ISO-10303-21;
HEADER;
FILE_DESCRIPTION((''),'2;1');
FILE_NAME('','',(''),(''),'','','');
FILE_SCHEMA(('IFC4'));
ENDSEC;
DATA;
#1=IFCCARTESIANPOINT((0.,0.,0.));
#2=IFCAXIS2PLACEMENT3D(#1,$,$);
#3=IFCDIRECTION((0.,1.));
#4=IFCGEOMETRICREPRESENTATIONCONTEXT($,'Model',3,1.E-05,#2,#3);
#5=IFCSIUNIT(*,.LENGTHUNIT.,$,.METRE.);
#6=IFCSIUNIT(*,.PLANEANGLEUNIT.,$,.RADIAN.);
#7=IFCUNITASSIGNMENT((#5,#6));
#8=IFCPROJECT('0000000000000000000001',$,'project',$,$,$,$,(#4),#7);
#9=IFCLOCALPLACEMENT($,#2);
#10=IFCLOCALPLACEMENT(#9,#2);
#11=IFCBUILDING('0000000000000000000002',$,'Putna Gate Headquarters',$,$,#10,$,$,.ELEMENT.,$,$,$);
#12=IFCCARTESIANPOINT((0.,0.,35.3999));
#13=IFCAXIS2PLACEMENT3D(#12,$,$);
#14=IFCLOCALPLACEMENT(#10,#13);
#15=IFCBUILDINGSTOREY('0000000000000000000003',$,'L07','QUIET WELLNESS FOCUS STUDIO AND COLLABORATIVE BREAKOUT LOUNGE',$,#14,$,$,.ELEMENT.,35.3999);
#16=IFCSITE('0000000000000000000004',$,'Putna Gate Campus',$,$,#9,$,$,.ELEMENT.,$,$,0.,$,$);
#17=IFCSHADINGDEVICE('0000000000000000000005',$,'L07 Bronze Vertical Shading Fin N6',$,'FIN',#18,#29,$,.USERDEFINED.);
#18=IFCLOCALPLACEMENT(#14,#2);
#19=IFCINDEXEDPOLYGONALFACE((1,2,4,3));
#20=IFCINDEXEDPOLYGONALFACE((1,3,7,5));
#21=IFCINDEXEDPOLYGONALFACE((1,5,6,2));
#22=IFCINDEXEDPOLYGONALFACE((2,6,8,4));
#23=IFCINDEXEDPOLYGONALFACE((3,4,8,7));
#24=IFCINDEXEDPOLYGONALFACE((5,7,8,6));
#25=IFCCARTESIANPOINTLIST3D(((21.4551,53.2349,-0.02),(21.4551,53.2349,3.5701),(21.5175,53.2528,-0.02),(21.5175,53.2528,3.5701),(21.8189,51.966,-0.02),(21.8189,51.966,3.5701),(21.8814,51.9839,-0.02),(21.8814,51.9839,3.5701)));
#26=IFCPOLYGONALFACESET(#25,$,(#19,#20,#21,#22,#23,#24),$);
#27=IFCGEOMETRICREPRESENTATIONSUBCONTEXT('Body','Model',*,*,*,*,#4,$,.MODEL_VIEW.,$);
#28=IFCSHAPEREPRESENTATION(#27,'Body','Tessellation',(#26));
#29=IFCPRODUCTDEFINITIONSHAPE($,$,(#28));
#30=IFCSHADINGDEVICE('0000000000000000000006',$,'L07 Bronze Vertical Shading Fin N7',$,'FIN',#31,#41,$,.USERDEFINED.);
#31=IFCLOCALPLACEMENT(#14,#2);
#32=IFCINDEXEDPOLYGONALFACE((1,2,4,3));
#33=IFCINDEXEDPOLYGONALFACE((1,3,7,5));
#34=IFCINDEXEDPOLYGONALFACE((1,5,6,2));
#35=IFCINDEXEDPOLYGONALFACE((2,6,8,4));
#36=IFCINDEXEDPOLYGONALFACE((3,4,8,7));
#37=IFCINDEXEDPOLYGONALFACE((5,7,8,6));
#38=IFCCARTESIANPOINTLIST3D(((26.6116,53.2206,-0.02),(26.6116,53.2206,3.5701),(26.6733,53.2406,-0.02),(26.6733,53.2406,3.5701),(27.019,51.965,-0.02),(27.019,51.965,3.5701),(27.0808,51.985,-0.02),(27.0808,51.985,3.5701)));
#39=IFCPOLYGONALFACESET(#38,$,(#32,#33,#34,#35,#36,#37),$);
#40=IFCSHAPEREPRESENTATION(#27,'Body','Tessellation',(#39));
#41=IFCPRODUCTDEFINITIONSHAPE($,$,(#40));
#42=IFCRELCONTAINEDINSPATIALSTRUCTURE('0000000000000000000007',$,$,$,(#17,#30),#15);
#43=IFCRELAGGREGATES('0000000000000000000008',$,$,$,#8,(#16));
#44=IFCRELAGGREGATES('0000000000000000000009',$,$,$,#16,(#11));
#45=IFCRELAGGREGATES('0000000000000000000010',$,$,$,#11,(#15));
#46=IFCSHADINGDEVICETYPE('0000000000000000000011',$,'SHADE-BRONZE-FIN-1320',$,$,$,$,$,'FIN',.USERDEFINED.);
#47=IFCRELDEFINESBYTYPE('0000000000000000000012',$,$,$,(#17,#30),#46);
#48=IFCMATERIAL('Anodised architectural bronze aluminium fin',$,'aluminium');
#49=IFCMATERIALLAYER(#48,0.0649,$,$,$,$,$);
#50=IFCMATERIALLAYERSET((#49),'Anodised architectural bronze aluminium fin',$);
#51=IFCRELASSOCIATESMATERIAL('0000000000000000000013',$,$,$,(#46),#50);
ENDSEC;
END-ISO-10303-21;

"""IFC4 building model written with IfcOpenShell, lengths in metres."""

from ifc_helpers import new_model, si_unit, direction, frame, origin, origin_2d, place, context, subcontext, project, spatial, rectangle, extrude, material, layer, layer_set, type_object, element, save


model = new_model("IFC4")

# Units and contexts
model_context = context("Model", 3, precision=1e-05, world=origin(), true_north=direction((0.0, 1.0)))
body_context = subcontext(model_context, "Body", "Model", "MODEL_VIEW")
ifc_project = project(units=[si_unit("LENGTHUNIT", "METRE"), si_unit("PLANEANGLEUNIT", "RADIAN")], contexts=[model_context])

# Site, building, storey
site_placement = place(None, origin())
site = spatial("IfcSite", under=ifc_project, at=site_placement, Name="Putna Gate Campus", CompositionType="ELEMENT", RefElevation=0.0)
building_placement = place(site_placement, origin())
building = spatial("IfcBuilding", under=site, at=building_placement, Name="Putna Gate Headquarters", CompositionType="ELEMENT")
storey_placement = place(building_placement, frame((0.0, 0.0, 35.3999)))
storey = spatial("IfcBuildingStorey", under=building, at=storey_placement, Name="L07", Description="QUIET WELLNESS FOCUS STUDIO AND COLLABORATIVE BREAKOUT LOUNGE", CompositionType="ELEMENT", Elevation=35.3999)

# Shading devices
ifc_material_1 = material(Name="Anodised architectural bronze aluminium fin", Category="aluminium")
ifc_layer_1 = layer(ifc_material_1, 0.0649)
ifc_layer_set_1 = layer_set([ifc_layer_1], Name="Anodised architectural bronze aluminium fin")
shading_device_type = type_object("IfcShadingDeviceType", Name="SHADE-BRONZE-FIN-1320", ElementType="FIN", PredefinedType="USERDEFINED", material=ifc_layer_set_1)
for number, where, z_axis, x_axis, name in (
    (1, (21.6682, 52.6094, -0.02), (0.0, 0.0, 1.0), (-0.275637, 0.961262, 0.0), "L07 Bronze Vertical Shading Fin N6"),
    (2, (26.8462, 52.6028, -0.02), (0.0, 0.0, 1.0), (-0.308685, 0.951164, 0.0), "L07 Bronze Vertical Shading Fin N7"),
):
    element("IfcShadingDevice", number, at=place(storey_placement, frame(where, z_axis=z_axis, x_axis=x_axis)), inside=storey, type_object=shading_device_type, Name=name, ObjectType="FIN", PredefinedType="USERDEFINED", context=body_context, shape_type="SweptSolid", body=[
        extrude(rectangle(XDim=1.3201, YDim=0.0649, at=origin_2d()), origin(), (0.0, 0.0, 1.0), 3.5901),
    ])

save(model, "model.ifc")
